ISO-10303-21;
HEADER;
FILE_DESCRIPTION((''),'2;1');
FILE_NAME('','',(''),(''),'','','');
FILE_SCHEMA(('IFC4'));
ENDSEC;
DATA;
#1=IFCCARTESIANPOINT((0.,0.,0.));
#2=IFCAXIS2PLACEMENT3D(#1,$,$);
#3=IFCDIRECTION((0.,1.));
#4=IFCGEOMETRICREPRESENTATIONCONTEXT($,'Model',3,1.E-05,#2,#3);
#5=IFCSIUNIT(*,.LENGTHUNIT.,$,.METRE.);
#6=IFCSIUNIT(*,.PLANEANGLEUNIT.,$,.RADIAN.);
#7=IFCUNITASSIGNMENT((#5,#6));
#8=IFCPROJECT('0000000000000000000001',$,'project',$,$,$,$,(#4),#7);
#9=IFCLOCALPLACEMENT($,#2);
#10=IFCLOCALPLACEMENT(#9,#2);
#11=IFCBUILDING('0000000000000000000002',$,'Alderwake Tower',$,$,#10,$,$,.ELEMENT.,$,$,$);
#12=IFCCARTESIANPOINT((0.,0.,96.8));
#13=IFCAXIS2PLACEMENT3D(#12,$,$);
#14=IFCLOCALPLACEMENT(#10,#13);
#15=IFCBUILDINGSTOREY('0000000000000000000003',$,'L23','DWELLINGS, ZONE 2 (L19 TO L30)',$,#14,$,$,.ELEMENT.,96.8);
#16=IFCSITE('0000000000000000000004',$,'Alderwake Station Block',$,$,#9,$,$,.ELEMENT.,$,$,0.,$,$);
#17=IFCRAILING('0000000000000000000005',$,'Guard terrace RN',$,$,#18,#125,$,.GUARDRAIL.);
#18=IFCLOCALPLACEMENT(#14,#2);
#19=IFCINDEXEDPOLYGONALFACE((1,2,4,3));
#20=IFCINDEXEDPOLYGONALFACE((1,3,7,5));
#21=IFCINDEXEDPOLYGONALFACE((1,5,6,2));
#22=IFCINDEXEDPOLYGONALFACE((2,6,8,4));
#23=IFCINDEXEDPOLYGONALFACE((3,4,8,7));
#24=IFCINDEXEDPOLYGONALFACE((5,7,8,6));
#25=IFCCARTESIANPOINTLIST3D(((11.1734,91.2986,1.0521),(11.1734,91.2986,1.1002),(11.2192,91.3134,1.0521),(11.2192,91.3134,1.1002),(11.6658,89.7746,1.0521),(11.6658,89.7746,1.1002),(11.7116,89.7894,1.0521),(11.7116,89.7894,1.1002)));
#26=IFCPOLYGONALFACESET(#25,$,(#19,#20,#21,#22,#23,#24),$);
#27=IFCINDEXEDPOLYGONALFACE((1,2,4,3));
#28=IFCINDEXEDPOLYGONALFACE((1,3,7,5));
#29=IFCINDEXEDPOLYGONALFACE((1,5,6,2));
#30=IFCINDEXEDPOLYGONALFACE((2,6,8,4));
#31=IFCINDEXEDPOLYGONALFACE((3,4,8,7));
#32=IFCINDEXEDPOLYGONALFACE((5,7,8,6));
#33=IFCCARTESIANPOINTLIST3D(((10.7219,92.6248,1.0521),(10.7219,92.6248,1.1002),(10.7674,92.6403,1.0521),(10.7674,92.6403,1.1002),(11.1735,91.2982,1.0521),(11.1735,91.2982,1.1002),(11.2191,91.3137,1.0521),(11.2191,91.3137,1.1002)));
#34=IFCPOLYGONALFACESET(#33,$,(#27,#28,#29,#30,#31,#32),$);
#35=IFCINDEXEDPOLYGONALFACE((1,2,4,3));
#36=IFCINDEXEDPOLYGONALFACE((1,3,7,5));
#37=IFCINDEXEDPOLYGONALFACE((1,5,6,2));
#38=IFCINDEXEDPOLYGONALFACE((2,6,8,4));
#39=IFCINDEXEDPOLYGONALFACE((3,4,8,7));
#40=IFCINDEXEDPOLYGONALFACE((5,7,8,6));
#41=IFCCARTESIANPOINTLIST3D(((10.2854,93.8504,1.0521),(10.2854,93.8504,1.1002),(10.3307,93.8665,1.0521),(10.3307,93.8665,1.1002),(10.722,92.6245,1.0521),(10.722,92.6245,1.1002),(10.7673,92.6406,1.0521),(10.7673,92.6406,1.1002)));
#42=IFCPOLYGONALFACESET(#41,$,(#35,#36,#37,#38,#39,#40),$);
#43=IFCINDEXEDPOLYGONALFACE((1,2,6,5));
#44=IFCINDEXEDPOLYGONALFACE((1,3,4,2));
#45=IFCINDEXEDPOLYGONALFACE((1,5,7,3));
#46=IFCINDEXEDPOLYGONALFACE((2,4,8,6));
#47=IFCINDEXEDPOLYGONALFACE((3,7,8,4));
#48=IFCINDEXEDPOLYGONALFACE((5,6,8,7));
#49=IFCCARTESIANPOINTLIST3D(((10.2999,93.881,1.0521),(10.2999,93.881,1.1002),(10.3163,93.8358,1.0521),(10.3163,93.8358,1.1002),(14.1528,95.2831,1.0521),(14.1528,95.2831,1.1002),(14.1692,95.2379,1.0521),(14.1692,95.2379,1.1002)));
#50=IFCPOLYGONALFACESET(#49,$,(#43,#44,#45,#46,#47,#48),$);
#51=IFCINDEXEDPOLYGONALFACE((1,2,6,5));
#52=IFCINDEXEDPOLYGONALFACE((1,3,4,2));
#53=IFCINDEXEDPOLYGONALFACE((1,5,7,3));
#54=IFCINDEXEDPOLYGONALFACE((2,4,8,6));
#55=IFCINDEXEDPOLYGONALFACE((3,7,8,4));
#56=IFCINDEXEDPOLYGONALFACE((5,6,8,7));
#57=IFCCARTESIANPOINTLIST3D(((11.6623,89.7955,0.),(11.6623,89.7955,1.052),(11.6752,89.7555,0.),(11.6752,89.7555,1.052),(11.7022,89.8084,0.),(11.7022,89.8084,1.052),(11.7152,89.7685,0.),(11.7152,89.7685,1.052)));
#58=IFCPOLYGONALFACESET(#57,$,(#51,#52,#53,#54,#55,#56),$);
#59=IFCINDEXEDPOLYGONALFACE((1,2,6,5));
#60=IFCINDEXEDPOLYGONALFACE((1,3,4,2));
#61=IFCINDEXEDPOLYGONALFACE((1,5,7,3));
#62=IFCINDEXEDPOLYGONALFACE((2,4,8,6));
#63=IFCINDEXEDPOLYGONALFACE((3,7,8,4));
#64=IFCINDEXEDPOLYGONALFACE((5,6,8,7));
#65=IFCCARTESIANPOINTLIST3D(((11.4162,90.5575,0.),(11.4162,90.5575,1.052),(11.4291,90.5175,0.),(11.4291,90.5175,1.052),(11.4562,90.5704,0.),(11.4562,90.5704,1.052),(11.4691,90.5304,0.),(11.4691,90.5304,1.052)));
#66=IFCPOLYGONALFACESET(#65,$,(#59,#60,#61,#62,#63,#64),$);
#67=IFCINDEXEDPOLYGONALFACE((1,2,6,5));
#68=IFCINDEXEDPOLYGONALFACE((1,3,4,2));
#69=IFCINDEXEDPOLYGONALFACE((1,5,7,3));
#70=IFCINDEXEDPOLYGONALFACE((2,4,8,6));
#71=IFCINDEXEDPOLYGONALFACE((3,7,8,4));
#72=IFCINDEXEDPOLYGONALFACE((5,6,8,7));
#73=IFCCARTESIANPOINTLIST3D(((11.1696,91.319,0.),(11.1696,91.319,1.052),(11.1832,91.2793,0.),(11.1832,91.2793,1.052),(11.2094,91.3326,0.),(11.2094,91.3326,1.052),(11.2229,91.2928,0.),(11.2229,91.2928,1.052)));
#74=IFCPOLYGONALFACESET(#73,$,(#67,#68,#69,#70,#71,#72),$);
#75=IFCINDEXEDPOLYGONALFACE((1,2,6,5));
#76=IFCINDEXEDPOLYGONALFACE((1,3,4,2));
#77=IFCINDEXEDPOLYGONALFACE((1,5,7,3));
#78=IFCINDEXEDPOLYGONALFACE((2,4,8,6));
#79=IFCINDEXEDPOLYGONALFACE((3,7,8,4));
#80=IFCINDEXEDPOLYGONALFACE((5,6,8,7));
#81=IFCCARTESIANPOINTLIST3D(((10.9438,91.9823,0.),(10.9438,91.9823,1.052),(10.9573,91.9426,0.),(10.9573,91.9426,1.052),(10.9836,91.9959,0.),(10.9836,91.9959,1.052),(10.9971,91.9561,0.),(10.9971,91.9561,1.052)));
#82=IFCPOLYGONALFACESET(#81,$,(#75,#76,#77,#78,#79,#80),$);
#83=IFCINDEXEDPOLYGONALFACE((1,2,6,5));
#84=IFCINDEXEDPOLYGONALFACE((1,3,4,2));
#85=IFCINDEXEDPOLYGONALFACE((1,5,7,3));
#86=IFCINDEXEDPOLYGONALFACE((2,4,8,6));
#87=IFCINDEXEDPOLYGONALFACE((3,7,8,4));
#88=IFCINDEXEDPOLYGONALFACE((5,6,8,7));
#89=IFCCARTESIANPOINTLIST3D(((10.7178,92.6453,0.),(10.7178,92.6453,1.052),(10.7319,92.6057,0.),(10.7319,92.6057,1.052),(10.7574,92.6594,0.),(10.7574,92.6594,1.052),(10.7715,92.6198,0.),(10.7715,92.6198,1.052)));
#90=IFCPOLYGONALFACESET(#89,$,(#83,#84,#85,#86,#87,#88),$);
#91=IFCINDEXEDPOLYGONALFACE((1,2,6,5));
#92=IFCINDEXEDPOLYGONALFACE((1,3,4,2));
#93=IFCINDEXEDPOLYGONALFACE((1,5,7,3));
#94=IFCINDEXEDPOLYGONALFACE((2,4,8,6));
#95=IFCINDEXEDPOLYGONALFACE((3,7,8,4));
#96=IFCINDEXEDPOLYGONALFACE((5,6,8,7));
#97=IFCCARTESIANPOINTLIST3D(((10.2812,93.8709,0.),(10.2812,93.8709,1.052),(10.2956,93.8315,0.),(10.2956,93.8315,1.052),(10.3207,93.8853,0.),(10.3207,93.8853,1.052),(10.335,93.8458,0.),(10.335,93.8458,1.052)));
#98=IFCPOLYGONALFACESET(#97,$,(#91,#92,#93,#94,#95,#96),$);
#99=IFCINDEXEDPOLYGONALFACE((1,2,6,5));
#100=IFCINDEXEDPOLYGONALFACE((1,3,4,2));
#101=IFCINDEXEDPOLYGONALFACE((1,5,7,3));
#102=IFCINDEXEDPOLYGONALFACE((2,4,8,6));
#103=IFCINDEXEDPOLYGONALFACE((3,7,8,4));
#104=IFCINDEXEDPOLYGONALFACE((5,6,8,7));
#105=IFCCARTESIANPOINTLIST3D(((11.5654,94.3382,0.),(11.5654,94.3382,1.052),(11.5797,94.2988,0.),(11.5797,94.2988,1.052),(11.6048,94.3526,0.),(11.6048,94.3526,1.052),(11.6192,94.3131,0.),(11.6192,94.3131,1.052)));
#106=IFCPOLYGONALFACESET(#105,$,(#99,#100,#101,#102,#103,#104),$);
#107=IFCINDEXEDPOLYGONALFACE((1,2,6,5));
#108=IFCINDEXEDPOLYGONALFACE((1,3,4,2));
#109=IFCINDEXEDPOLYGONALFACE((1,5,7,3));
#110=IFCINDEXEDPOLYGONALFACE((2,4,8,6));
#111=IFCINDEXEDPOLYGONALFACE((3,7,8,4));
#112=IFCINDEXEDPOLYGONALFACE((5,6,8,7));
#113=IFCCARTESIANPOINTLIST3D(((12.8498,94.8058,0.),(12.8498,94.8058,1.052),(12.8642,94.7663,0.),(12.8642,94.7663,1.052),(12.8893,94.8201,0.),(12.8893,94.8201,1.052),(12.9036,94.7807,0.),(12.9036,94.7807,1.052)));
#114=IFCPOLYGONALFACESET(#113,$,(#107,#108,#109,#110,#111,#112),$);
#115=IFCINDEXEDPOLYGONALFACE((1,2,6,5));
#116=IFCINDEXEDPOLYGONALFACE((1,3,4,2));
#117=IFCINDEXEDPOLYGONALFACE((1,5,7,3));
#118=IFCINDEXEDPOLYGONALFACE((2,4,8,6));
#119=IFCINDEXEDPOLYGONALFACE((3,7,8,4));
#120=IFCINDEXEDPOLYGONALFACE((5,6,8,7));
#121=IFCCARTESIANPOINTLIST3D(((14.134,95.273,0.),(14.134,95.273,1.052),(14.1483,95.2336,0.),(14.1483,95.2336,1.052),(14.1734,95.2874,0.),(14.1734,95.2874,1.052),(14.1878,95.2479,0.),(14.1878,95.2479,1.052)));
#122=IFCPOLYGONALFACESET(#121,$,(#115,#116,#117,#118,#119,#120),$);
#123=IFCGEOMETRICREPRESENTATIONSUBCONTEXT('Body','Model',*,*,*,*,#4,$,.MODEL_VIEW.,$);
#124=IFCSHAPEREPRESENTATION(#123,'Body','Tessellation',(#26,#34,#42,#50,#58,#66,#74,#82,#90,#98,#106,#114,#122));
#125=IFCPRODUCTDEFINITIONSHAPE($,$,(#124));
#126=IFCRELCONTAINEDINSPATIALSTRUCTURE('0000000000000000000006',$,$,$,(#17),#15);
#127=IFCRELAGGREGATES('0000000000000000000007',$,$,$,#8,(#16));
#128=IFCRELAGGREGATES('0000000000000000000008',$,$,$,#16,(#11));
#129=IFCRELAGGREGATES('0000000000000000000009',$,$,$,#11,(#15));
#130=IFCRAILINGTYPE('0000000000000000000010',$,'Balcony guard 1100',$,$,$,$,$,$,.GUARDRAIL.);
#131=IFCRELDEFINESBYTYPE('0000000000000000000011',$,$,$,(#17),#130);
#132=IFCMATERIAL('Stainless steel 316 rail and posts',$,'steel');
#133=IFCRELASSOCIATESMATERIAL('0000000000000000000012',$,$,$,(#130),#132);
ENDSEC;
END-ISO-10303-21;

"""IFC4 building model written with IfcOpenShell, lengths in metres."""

from ifc_helpers import new_model, si_unit, direction, frame, origin, origin_2d, place, context, subcontext, project, spatial, rectangle, extrude, material, type_object, element, save


model = new_model("IFC4")

# Units and contexts
model_context = context("Model", 3, precision=1e-05, world=origin(), true_north=direction((0.0, 1.0)))
body_context = subcontext(model_context, "Body", "Model", "MODEL_VIEW")
ifc_project = project(units=[si_unit("LENGTHUNIT", "METRE"), si_unit("PLANEANGLEUNIT", "RADIAN")], contexts=[model_context])

# Site, building, storey
site_placement = place(None, origin())
site = spatial("IfcSite", under=ifc_project, at=site_placement, Name="Alderwake Station Block", CompositionType="ELEMENT", RefElevation=0.0)
building_placement = place(site_placement, origin())
building = spatial("IfcBuilding", under=site, at=building_placement, Name="Alderwake Tower", CompositionType="ELEMENT")
storey_placement = place(building_placement, frame((0.0, 0.0, 96.8)))
storey = spatial("IfcBuildingStorey", under=building, at=storey_placement, Name="L23", Description="DWELLINGS, ZONE 2 (L19 TO L30)", CompositionType="ELEMENT", Elevation=96.8)

# Railing
ifc_material_1 = material(Name="Stainless steel 316 rail and posts", Category="steel")
railing_type = type_object("IfcRailingType", Name="Balcony guard 1100", PredefinedType="GUARDRAIL", material=ifc_material_1)
railing_1_placement = place(storey_placement, frame((11.6887, 89.782, 0.0)))
element("IfcRailing", 1, at=railing_1_placement, inside=storey, type_object=railing_type, Name="Guard terrace RN", PredefinedType="GUARDRAIL", context=body_context, shape_type="SweptSolid", body=[
    extrude(rectangle(XDim=0.0481, YDim=0.0481, at=origin_2d()), frame((0.0, 0.0, 1.0762), z_axis=(-0.307479, 0.951555, 0.0), x_axis=(-0.951555, -0.307479, 0.0)), (0.0, 0.0, 1.0), 1.6016),
    extrude(rectangle(XDim=0.0481, YDim=0.0481, at=origin_2d()), frame((-0.4924, 1.5239, 1.0762), z_axis=(-0.322284, 0.946643, 0.0), x_axis=(-0.946643, -0.322284, 0.0)), (0.0, 0.0, 1.0), 1.4014),
    extrude(rectangle(XDim=0.0481, YDim=0.0481, at=origin_2d()), frame((-0.9441, 2.8506, 1.0762), z_axis=(-0.335469, 0.942051, 0.0), x_axis=(-0.942051, -0.335469, 0.0)), (0.0, 0.0, 1.0), 1.3013),
    extrude(rectangle(XDim=0.0481, YDim=0.0481, at=origin_2d()), frame((-1.3806, 4.0764, 1.0762), z_axis=(0.939708, 0.341977, 0.0), x_axis=(-0.341977, 0.939708, 0.0)), (0.0, 0.0, 1.0), 4.1001),
    extrude(rectangle(XDim=0.042, YDim=0.042, at=origin_2d()), frame((0.0, 0.0, 0.0), z_axis=(0.0, 0.0, 1.0), x_axis=(-0.307479, 0.951555, 0.0)), (0.0, 0.0, 1.0), 1.052),
    extrude(rectangle(XDim=0.042, YDim=0.042, at=origin_2d()), frame((-0.2461, 0.762, 0.0), z_axis=(0.0, 0.0, 1.0), x_axis=(-0.307479, 0.951555, 0.0)), (0.0, 0.0, 1.0), 1.052),
    extrude(rectangle(XDim=0.042, YDim=0.042, at=origin_2d()), frame((-0.4924, 1.5239, 0.0), z_axis=(0.0, 0.0, 1.0), x_axis=(-0.322284, 0.946643, 0.0)), (0.0, 0.0, 1.0), 1.052),
    extrude(rectangle(XDim=0.042, YDim=0.042, at=origin_2d()), frame((-0.7183, 2.1873, 0.0), z_axis=(0.0, 0.0, 1.0), x_axis=(-0.322284, 0.946643, 0.0)), (0.0, 0.0, 1.0), 1.052),
    extrude(rectangle(XDim=0.042, YDim=0.042, at=origin_2d()), frame((-0.9441, 2.8506, 0.0), z_axis=(0.0, 0.0, 1.0), x_axis=(-0.335469, 0.942051, 0.0)), (0.0, 0.0, 1.0), 1.052),
    extrude(rectangle(XDim=0.042, YDim=0.042, at=origin_2d()), frame((-1.3806, 4.0764, 0.0), z_axis=(0.0, 0.0, 1.0), x_axis=(0.939708, 0.341977, 0.0)), (0.0, 0.0, 1.0), 1.052),
    extrude(rectangle(XDim=0.042, YDim=0.042, at=origin_2d()), frame((-0.0964, 4.5437, 0.0), z_axis=(0.0, 0.0, 1.0), x_axis=(0.939708, 0.341977, 0.0)), (0.0, 0.0, 1.0), 1.052),
    extrude(rectangle(XDim=0.042, YDim=0.042, at=origin_2d()), frame((1.188, 5.0112, 0.0), z_axis=(0.0, 0.0, 1.0), x_axis=(0.939708, 0.341977, 0.0)), (0.0, 0.0, 1.0), 1.052),
    extrude(rectangle(XDim=0.042, YDim=0.042, at=origin_2d()), frame((2.4722, 5.4785, 0.0), z_axis=(0.0, 0.0, 1.0), x_axis=(0.939708, 0.341977, 0.0)), (0.0, 0.0, 1.0), 1.052),
])

save(model, "model.ifc")
